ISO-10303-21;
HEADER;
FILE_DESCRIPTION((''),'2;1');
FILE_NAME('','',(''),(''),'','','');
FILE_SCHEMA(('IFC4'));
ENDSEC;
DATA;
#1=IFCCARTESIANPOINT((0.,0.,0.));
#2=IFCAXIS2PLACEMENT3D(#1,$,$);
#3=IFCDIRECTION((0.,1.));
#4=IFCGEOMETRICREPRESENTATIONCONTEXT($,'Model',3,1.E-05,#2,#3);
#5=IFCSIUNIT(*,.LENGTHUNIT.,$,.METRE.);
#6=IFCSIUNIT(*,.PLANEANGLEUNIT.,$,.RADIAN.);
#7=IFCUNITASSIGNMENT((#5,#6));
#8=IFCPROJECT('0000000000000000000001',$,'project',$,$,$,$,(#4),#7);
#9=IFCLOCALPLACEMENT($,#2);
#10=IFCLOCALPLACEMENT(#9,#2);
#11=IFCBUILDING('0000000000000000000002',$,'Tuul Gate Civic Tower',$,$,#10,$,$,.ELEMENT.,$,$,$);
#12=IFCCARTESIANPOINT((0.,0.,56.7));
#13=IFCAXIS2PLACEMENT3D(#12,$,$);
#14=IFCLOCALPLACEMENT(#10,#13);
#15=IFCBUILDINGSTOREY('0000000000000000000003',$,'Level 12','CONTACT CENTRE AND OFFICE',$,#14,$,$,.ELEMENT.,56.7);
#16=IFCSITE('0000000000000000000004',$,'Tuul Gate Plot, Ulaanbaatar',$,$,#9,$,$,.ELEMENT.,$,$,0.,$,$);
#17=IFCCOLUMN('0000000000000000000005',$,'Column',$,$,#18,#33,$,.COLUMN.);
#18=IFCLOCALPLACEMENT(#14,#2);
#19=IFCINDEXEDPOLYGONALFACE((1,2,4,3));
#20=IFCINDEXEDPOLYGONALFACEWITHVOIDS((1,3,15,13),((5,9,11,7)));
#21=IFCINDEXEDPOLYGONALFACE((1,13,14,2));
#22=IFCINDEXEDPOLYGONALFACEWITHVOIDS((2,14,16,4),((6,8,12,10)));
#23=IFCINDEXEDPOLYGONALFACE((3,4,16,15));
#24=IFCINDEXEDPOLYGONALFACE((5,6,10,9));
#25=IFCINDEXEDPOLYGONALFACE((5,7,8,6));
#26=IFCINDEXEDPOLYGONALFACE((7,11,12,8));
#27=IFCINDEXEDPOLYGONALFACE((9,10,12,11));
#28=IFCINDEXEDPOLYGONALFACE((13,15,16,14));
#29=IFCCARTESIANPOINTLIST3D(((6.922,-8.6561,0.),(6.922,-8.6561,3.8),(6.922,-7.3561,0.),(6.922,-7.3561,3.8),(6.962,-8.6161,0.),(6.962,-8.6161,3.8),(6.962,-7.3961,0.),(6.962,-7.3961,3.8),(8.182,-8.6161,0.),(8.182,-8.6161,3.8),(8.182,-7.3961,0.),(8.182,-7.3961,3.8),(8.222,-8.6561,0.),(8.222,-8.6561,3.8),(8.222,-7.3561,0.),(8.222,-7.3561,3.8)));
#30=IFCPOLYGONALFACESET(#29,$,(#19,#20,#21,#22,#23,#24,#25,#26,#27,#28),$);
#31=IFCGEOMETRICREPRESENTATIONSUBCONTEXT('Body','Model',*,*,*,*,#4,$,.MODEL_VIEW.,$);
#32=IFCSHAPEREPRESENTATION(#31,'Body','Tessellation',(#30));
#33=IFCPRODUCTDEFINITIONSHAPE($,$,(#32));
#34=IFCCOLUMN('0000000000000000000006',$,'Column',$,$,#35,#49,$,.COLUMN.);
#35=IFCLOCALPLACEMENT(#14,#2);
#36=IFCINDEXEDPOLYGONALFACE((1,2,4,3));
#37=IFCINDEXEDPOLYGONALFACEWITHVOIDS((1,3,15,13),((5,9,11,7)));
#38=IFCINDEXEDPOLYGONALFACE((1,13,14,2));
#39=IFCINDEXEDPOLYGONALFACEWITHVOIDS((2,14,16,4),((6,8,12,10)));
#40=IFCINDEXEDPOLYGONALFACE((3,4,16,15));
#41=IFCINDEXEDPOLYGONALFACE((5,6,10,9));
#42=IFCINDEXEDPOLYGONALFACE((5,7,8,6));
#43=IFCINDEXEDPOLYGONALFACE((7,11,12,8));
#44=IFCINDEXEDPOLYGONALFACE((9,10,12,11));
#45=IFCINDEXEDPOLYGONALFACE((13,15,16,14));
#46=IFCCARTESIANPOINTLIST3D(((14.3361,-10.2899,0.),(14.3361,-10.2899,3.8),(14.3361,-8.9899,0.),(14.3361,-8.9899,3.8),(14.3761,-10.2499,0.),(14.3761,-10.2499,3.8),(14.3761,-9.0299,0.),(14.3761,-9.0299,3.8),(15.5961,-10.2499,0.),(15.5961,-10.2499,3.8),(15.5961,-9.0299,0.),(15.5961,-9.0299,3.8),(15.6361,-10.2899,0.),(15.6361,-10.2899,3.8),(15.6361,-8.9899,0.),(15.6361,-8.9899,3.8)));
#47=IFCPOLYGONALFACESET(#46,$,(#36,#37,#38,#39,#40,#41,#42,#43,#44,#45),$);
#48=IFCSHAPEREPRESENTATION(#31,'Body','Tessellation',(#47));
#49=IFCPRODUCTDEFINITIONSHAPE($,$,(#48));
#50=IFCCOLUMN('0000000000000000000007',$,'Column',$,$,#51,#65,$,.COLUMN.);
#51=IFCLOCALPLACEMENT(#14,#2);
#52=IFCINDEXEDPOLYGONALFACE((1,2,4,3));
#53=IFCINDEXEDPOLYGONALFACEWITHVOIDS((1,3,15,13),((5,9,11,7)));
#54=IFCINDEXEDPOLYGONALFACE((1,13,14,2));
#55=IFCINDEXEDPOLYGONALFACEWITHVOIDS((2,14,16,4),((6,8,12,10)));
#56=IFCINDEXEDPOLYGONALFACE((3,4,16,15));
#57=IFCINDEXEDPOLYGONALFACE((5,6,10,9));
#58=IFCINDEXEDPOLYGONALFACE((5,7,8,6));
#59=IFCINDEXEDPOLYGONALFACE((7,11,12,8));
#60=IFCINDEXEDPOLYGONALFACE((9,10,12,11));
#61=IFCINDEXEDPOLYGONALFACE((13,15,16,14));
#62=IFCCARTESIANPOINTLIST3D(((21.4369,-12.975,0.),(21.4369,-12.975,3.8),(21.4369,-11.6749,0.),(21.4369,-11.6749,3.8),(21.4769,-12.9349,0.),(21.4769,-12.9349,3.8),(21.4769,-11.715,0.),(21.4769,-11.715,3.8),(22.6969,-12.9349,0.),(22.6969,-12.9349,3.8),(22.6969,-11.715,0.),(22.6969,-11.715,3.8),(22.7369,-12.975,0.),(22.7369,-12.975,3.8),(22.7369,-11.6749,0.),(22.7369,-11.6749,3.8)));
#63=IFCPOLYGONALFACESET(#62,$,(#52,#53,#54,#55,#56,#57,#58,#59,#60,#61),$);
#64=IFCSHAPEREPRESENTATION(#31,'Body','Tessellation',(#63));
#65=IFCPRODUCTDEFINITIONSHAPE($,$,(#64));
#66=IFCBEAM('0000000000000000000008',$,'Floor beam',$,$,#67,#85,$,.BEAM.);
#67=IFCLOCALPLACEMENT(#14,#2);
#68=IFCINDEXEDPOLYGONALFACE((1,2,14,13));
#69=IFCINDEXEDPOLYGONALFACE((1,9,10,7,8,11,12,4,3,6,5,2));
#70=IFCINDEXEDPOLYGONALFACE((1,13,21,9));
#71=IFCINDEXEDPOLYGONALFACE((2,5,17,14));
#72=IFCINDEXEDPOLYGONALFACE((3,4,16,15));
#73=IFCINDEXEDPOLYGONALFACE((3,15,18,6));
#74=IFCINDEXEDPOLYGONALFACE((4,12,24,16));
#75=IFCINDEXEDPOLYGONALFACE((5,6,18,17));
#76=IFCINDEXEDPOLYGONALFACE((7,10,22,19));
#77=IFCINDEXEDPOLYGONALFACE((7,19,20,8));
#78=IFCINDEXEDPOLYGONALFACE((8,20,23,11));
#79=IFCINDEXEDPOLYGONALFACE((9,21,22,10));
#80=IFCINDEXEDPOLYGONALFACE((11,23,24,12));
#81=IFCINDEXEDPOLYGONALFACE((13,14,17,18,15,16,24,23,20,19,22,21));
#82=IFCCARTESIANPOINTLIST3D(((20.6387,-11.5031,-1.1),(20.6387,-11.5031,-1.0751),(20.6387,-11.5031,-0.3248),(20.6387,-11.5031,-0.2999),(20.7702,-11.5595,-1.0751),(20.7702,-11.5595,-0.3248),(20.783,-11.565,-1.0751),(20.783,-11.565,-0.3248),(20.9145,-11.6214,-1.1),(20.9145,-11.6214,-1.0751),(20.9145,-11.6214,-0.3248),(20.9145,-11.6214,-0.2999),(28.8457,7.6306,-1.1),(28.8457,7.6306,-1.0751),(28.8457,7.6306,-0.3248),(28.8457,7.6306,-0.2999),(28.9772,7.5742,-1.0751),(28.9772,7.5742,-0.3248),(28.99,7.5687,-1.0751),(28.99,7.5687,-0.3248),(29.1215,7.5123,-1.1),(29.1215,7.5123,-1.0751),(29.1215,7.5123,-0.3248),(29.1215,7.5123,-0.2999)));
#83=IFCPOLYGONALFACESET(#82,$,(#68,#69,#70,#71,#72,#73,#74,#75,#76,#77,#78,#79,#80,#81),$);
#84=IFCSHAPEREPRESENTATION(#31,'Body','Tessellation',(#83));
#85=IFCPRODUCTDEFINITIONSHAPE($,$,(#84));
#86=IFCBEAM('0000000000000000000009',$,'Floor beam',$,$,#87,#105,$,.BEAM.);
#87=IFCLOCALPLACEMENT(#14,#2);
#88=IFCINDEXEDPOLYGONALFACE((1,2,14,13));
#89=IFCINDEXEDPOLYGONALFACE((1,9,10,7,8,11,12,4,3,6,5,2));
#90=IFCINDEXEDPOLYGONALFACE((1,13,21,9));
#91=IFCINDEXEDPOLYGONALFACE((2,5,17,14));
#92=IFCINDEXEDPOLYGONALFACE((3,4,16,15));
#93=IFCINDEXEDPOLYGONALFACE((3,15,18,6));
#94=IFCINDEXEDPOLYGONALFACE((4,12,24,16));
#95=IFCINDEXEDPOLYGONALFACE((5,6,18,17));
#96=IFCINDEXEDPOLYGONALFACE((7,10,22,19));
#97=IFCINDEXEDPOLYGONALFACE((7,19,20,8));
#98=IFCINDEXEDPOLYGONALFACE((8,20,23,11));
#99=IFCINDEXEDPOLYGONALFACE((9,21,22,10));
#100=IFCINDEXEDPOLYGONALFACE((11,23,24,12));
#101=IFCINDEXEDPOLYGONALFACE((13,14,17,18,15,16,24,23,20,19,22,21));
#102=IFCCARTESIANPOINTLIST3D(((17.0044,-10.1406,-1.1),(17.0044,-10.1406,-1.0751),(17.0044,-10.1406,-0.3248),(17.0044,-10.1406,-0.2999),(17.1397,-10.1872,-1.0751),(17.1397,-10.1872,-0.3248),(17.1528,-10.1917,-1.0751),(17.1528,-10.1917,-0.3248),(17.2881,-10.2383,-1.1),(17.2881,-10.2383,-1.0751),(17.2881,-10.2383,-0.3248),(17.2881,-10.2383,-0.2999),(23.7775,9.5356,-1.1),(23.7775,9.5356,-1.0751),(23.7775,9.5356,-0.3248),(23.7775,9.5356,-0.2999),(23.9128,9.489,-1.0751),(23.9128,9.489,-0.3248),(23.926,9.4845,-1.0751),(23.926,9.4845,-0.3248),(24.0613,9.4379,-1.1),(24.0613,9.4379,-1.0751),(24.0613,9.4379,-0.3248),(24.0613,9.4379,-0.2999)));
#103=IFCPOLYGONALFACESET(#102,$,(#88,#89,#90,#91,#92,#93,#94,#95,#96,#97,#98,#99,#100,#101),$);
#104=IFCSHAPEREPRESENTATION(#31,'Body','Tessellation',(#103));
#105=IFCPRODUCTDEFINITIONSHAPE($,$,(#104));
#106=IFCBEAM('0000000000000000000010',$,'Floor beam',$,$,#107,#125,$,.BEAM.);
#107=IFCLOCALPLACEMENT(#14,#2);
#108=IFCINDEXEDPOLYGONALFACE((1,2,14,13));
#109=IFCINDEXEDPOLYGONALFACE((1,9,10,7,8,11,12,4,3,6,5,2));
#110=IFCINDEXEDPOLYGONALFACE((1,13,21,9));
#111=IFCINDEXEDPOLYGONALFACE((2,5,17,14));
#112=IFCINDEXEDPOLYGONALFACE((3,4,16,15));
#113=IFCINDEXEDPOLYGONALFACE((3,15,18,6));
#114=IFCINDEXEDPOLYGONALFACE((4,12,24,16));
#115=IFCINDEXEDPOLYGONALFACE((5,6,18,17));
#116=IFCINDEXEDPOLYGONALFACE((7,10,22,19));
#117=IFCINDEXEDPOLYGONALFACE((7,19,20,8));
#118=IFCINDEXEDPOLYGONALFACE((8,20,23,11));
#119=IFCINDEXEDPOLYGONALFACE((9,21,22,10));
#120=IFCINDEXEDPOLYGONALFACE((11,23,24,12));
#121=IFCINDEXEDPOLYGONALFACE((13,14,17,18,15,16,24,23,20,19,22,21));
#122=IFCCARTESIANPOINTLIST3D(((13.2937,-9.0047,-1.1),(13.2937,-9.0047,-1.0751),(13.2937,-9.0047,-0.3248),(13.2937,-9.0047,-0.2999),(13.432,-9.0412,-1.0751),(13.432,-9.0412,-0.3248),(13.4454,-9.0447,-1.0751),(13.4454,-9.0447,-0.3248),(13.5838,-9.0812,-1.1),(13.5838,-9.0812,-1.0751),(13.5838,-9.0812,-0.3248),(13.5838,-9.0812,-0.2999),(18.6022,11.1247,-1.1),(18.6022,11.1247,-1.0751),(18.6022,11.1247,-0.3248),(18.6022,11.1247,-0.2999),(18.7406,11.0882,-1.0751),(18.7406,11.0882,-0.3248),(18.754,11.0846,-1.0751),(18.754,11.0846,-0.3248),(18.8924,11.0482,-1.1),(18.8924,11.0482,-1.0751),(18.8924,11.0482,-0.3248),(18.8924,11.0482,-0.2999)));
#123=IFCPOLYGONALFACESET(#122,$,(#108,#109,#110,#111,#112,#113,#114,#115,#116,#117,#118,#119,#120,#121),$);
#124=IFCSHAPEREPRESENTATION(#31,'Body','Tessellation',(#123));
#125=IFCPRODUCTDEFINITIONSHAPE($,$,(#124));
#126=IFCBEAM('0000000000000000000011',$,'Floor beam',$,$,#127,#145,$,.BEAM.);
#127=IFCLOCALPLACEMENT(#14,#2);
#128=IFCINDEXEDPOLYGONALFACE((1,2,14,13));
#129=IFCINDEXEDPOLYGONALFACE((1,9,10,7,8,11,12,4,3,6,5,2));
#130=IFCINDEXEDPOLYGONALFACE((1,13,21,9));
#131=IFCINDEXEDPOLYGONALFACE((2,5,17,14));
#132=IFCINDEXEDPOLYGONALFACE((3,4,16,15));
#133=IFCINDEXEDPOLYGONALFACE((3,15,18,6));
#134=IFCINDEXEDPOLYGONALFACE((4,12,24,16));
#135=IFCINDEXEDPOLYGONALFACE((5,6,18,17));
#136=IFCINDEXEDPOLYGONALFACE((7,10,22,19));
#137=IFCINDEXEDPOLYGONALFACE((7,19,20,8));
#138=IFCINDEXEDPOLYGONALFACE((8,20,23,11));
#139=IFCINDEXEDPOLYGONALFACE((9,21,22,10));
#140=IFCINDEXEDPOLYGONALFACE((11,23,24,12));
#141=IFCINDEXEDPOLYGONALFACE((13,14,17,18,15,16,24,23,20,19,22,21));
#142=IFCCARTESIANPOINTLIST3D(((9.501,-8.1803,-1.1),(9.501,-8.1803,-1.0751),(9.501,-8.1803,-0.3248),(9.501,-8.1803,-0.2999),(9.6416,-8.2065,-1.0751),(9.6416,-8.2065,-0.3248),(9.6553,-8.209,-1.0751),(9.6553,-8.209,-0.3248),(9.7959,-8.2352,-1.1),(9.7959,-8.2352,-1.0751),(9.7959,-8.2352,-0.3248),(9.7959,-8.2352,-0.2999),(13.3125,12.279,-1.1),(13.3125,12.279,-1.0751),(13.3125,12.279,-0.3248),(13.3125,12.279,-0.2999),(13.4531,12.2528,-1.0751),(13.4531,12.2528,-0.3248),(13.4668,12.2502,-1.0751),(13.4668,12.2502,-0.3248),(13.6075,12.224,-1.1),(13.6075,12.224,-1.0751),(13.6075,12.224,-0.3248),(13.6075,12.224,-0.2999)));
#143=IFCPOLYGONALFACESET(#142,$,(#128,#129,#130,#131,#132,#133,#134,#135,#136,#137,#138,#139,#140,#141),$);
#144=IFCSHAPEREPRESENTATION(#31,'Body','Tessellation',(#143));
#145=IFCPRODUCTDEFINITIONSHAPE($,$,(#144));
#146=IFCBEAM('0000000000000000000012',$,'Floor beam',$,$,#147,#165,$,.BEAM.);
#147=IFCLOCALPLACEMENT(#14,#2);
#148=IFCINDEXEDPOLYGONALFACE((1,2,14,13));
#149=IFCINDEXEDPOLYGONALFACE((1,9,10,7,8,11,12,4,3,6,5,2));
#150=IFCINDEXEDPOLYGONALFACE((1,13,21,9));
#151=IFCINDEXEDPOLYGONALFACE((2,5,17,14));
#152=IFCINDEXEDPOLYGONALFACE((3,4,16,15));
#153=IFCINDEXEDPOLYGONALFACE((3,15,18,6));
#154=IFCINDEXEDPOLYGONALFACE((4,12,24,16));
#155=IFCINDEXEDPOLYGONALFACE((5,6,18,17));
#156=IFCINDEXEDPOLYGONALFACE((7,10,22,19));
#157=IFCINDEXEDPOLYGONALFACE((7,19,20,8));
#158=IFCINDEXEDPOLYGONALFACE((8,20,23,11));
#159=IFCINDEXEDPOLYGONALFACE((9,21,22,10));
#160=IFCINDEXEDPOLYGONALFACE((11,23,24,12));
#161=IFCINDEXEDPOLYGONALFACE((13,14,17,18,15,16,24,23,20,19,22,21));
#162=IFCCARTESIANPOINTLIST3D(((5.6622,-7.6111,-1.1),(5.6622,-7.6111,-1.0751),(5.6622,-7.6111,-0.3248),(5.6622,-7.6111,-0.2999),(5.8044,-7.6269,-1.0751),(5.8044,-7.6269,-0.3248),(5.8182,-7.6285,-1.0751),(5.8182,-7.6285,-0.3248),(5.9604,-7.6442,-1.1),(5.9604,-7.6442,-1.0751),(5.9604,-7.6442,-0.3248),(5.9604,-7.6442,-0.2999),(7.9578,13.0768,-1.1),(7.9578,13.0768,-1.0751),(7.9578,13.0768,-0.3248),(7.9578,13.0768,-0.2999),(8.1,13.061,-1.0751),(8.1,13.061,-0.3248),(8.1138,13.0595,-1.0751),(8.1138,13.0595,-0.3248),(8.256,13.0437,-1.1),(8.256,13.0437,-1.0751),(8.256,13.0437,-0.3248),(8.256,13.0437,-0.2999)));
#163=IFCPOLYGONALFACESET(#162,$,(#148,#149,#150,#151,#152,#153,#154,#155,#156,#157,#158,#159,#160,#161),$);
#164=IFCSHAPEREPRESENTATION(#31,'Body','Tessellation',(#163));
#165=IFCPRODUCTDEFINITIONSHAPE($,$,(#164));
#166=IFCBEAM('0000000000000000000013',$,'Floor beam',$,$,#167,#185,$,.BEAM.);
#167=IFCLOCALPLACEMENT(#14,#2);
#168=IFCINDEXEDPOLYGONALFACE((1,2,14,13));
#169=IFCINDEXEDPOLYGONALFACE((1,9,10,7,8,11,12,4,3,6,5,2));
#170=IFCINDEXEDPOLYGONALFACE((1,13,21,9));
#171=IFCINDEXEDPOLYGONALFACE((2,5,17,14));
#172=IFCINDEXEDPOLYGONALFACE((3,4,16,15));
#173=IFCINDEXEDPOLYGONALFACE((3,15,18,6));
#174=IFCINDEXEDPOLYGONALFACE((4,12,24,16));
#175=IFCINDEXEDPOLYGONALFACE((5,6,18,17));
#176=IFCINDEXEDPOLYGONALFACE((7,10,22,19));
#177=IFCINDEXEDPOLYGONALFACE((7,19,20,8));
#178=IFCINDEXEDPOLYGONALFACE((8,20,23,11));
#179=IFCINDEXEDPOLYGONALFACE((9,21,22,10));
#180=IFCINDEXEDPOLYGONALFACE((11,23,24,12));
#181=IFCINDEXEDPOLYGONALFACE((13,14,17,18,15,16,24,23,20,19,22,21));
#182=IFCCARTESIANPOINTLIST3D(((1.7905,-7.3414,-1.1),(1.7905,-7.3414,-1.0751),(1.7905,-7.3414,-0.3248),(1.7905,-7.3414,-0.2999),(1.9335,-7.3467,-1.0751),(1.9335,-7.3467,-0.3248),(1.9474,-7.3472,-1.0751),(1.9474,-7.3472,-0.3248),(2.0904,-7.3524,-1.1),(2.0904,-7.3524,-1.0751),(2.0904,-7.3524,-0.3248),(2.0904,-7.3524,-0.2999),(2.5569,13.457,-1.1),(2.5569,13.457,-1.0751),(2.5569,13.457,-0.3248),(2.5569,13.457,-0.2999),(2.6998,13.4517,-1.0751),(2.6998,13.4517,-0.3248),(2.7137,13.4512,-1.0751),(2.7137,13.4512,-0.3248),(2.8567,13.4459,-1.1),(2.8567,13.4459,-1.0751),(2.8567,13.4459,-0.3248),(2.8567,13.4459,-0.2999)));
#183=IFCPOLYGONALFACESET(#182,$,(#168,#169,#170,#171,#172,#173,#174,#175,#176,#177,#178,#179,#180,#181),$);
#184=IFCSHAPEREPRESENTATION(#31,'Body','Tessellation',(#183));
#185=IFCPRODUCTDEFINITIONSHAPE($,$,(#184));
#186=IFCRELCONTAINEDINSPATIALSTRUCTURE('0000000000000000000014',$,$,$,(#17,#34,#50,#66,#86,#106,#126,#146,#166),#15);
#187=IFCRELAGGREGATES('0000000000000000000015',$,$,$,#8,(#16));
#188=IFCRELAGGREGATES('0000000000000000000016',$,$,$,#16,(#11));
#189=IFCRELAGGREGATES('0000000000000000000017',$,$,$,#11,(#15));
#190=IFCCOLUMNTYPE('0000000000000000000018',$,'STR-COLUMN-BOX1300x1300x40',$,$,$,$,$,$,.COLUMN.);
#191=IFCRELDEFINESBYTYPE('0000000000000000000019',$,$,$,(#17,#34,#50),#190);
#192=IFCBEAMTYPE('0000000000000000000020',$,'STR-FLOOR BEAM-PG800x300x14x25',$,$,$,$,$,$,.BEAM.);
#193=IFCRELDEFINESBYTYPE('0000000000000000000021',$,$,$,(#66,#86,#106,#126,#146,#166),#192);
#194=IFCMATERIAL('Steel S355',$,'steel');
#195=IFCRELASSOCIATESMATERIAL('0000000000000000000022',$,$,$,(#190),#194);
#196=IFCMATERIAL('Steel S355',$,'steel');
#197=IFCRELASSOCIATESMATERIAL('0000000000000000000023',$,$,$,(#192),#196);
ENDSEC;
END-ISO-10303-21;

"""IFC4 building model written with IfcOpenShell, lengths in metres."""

from ifc_helpers import new_model, si_unit, direction, frame, origin, origin_2d, place, context, subcontext, project, spatial, hollow_rectangle, i_section, extrude, material, material_profile, profile_set, type_object, element, save


model = new_model("IFC4")

# Units and contexts
model_context = context("Model", 3, precision=1e-05, world=origin(), true_north=direction((0.0, 1.0)))
body_context = subcontext(model_context, "Body", "Model", "MODEL_VIEW")
ifc_project = project(units=[si_unit("LENGTHUNIT", "METRE"), si_unit("PLANEANGLEUNIT", "RADIAN")], contexts=[model_context])

# Site, building, storey
site_placement = place(None, origin())
site = spatial("IfcSite", under=ifc_project, at=site_placement, Name="Tuul Gate Plot, Ulaanbaatar", CompositionType="ELEMENT", RefElevation=0.0)
building_placement = place(site_placement, origin())
building = spatial("IfcBuilding", under=site, at=building_placement, Name="Tuul Gate Civic Tower", CompositionType="ELEMENT")
storey_placement = place(building_placement, frame((0.0, 0.0, 56.7)))
storey = spatial("IfcBuildingStorey", under=building, at=storey_placement, Name="Level 12", Description="CONTACT CENTRE AND OFFICE", CompositionType="ELEMENT", Elevation=56.7)

# Columns
ifc_material_1 = material(Name="Steel S355", Category="steel")
ifc_material_profile_1 = material_profile(ifc_material_1, hollow_rectangle(XDim=1.3, YDim=1.3, WallThickness=0.04, at=origin_2d()), Name="BOX1300x1300x40")
ifc_profile_set_1 = profile_set([ifc_material_profile_1], Name="Steel S355")
column_type = type_object("IfcColumnType", Name="STR-COLUMN-BOX1300x1300x40", PredefinedType="COLUMN", material=ifc_profile_set_1)
for number, where, z_axis, x_axis, name in (
    (1, (7.572, -8.0061, 0.0), (0.0, 0.0, 1.0), (1.0, 0.0, 0.0), "Column"),
    (2, (14.9861, -9.6399, 0.0), (0.0, 0.0, 1.0), (1.0, 0.0, 0.0), "Column"),
    (3, (22.0869, -12.325, 0.0), (0.0, 0.0, 1.0), (1.0, 0.0, 0.0), "Column"),
):
    element("IfcColumn", number, at=place(storey_placement, frame(where, z_axis=z_axis, x_axis=x_axis)), inside=storey, type_object=column_type, Name=name, PredefinedType="COLUMN", context=body_context, shape_type="SweptSolid", body=[
        extrude(hollow_rectangle(XDim=1.3, YDim=1.3, WallThickness=0.04, at=origin_2d()), origin(), (0.0, 0.0, 1.0), 3.8),
    ])

# Beams
ifc_material_2 = material(Name="Steel S355", Category="steel")
ifc_material_profile_2 = material_profile(ifc_material_2, i_section(OverallWidth=0.3, OverallDepth=0.8, WebThickness=0.0139, FlangeThickness=0.0249, at=origin_2d()), Name="PG800x300x14x25")
ifc_profile_set_2 = profile_set([ifc_material_profile_2], Name="Steel S355")
beam_type_1 = type_object("IfcBeamType", Name="STR-FLOOR BEAM-PG800x300x14x25", PredefinedType="BEAM", material=ifc_profile_set_2)
beam_1_placement = place(storey_placement, frame((20.7766, -11.5623, -0.7), z_axis=(0.394197, 0.919026, 0.0), x_axis=(-0.919026, 0.394197, 0.0)))
element("IfcBeam", 4, at=beam_1_placement, inside=storey, type_object=beam_type_1, Name="Floor beam", PredefinedType="BEAM", context=body_context, shape_type="SweptSolid", body=[
    extrude(i_section(OverallWidth=0.3, OverallDepth=0.8, WebThickness=0.0139, FlangeThickness=0.0249, at=origin_2d()), origin(), (0.0, 0.0, 1.0), 20.8196),
])
beam_2_placement = place(storey_placement, frame((17.1462, -10.1895, -0.7), z_axis=(0.325487, 0.945547, 0.0), x_axis=(-0.945547, 0.325487, 0.0)))
element("IfcBeam", 5, at=beam_2_placement, inside=storey, type_object=beam_type_1, Name="Floor beam", PredefinedType="BEAM", context=body_context, shape_type="SweptSolid", body=[
    extrude(i_section(OverallWidth=0.3, OverallDepth=0.8, WebThickness=0.0139, FlangeThickness=0.0249, at=origin_2d()), origin(), (0.0, 0.0, 1.0), 20.8093),
])
beam_3_placement = place(storey_placement, frame((13.4387, -9.043, -0.7), z_axis=(0.255005, 0.96694, 0.0), x_axis=(-0.96694, 0.255005, 0.0)))
element("IfcBeam", 6, at=beam_3_placement, inside=storey, type_object=beam_type_1, Name="Floor beam", PredefinedType="BEAM", context=body_context, shape_type="SweptSolid", body=[
    extrude(i_section(OverallWidth=0.3, OverallDepth=0.8, WebThickness=0.0139, FlangeThickness=0.0249, at=origin_2d()), origin(), (0.0, 0.0, 1.0), 20.8176),
])
beam_4_placement = place(storey_placement, frame((9.6484, -8.2078, -0.7), z_axis=(0.183147, 0.983085, 0.0), x_axis=(-0.983085, 0.183147, 0.0)))
element("IfcBeam", 7, at=beam_4_placement, inside=storey, type_object=beam_type_1, Name="Floor beam", PredefinedType="BEAM", context=body_context, shape_type="SweptSolid", body=[
    extrude(i_section(OverallWidth=0.3, OverallDepth=0.8, WebThickness=0.0139, FlangeThickness=0.0249, at=origin_2d()), origin(), (0.0, 0.0, 1.0), 20.8113),
])
beam_5_placement = place(storey_placement, frame((5.8113, -7.6277, -0.7), z_axis=(0.110289, 0.9939, 0.0), x_axis=(-0.9939, 0.110289, 0.0)))
element("IfcBeam", 8, at=beam_5_placement, inside=storey, type_object=beam_type_1, Name="Floor beam", PredefinedType="BEAM", context=body_context, shape_type="SweptSolid", body=[
    extrude(i_section(OverallWidth=0.3, OverallDepth=0.8, WebThickness=0.0139, FlangeThickness=0.0249, at=origin_2d()), origin(), (0.0, 0.0, 1.0), 20.8149),
])
beam_6_placement = place(storey_placement, frame((1.9404, -7.3469, -0.7), z_axis=(0.036822, 0.999322, 0.0), x_axis=(-0.999322, 0.036822, 0.0)))
element("IfcBeam", 9, at=beam_6_placement, inside=storey, type_object=beam_type_1, Name="Floor beam", PredefinedType="BEAM", context=body_context, shape_type="SweptSolid", body=[
    extrude(i_section(OverallWidth=0.3, OverallDepth=0.8, WebThickness=0.0139, FlangeThickness=0.0249, at=origin_2d()), origin(), (0.0, 0.0, 1.0), 20.8125),
])

save(model, "model.ifc")
